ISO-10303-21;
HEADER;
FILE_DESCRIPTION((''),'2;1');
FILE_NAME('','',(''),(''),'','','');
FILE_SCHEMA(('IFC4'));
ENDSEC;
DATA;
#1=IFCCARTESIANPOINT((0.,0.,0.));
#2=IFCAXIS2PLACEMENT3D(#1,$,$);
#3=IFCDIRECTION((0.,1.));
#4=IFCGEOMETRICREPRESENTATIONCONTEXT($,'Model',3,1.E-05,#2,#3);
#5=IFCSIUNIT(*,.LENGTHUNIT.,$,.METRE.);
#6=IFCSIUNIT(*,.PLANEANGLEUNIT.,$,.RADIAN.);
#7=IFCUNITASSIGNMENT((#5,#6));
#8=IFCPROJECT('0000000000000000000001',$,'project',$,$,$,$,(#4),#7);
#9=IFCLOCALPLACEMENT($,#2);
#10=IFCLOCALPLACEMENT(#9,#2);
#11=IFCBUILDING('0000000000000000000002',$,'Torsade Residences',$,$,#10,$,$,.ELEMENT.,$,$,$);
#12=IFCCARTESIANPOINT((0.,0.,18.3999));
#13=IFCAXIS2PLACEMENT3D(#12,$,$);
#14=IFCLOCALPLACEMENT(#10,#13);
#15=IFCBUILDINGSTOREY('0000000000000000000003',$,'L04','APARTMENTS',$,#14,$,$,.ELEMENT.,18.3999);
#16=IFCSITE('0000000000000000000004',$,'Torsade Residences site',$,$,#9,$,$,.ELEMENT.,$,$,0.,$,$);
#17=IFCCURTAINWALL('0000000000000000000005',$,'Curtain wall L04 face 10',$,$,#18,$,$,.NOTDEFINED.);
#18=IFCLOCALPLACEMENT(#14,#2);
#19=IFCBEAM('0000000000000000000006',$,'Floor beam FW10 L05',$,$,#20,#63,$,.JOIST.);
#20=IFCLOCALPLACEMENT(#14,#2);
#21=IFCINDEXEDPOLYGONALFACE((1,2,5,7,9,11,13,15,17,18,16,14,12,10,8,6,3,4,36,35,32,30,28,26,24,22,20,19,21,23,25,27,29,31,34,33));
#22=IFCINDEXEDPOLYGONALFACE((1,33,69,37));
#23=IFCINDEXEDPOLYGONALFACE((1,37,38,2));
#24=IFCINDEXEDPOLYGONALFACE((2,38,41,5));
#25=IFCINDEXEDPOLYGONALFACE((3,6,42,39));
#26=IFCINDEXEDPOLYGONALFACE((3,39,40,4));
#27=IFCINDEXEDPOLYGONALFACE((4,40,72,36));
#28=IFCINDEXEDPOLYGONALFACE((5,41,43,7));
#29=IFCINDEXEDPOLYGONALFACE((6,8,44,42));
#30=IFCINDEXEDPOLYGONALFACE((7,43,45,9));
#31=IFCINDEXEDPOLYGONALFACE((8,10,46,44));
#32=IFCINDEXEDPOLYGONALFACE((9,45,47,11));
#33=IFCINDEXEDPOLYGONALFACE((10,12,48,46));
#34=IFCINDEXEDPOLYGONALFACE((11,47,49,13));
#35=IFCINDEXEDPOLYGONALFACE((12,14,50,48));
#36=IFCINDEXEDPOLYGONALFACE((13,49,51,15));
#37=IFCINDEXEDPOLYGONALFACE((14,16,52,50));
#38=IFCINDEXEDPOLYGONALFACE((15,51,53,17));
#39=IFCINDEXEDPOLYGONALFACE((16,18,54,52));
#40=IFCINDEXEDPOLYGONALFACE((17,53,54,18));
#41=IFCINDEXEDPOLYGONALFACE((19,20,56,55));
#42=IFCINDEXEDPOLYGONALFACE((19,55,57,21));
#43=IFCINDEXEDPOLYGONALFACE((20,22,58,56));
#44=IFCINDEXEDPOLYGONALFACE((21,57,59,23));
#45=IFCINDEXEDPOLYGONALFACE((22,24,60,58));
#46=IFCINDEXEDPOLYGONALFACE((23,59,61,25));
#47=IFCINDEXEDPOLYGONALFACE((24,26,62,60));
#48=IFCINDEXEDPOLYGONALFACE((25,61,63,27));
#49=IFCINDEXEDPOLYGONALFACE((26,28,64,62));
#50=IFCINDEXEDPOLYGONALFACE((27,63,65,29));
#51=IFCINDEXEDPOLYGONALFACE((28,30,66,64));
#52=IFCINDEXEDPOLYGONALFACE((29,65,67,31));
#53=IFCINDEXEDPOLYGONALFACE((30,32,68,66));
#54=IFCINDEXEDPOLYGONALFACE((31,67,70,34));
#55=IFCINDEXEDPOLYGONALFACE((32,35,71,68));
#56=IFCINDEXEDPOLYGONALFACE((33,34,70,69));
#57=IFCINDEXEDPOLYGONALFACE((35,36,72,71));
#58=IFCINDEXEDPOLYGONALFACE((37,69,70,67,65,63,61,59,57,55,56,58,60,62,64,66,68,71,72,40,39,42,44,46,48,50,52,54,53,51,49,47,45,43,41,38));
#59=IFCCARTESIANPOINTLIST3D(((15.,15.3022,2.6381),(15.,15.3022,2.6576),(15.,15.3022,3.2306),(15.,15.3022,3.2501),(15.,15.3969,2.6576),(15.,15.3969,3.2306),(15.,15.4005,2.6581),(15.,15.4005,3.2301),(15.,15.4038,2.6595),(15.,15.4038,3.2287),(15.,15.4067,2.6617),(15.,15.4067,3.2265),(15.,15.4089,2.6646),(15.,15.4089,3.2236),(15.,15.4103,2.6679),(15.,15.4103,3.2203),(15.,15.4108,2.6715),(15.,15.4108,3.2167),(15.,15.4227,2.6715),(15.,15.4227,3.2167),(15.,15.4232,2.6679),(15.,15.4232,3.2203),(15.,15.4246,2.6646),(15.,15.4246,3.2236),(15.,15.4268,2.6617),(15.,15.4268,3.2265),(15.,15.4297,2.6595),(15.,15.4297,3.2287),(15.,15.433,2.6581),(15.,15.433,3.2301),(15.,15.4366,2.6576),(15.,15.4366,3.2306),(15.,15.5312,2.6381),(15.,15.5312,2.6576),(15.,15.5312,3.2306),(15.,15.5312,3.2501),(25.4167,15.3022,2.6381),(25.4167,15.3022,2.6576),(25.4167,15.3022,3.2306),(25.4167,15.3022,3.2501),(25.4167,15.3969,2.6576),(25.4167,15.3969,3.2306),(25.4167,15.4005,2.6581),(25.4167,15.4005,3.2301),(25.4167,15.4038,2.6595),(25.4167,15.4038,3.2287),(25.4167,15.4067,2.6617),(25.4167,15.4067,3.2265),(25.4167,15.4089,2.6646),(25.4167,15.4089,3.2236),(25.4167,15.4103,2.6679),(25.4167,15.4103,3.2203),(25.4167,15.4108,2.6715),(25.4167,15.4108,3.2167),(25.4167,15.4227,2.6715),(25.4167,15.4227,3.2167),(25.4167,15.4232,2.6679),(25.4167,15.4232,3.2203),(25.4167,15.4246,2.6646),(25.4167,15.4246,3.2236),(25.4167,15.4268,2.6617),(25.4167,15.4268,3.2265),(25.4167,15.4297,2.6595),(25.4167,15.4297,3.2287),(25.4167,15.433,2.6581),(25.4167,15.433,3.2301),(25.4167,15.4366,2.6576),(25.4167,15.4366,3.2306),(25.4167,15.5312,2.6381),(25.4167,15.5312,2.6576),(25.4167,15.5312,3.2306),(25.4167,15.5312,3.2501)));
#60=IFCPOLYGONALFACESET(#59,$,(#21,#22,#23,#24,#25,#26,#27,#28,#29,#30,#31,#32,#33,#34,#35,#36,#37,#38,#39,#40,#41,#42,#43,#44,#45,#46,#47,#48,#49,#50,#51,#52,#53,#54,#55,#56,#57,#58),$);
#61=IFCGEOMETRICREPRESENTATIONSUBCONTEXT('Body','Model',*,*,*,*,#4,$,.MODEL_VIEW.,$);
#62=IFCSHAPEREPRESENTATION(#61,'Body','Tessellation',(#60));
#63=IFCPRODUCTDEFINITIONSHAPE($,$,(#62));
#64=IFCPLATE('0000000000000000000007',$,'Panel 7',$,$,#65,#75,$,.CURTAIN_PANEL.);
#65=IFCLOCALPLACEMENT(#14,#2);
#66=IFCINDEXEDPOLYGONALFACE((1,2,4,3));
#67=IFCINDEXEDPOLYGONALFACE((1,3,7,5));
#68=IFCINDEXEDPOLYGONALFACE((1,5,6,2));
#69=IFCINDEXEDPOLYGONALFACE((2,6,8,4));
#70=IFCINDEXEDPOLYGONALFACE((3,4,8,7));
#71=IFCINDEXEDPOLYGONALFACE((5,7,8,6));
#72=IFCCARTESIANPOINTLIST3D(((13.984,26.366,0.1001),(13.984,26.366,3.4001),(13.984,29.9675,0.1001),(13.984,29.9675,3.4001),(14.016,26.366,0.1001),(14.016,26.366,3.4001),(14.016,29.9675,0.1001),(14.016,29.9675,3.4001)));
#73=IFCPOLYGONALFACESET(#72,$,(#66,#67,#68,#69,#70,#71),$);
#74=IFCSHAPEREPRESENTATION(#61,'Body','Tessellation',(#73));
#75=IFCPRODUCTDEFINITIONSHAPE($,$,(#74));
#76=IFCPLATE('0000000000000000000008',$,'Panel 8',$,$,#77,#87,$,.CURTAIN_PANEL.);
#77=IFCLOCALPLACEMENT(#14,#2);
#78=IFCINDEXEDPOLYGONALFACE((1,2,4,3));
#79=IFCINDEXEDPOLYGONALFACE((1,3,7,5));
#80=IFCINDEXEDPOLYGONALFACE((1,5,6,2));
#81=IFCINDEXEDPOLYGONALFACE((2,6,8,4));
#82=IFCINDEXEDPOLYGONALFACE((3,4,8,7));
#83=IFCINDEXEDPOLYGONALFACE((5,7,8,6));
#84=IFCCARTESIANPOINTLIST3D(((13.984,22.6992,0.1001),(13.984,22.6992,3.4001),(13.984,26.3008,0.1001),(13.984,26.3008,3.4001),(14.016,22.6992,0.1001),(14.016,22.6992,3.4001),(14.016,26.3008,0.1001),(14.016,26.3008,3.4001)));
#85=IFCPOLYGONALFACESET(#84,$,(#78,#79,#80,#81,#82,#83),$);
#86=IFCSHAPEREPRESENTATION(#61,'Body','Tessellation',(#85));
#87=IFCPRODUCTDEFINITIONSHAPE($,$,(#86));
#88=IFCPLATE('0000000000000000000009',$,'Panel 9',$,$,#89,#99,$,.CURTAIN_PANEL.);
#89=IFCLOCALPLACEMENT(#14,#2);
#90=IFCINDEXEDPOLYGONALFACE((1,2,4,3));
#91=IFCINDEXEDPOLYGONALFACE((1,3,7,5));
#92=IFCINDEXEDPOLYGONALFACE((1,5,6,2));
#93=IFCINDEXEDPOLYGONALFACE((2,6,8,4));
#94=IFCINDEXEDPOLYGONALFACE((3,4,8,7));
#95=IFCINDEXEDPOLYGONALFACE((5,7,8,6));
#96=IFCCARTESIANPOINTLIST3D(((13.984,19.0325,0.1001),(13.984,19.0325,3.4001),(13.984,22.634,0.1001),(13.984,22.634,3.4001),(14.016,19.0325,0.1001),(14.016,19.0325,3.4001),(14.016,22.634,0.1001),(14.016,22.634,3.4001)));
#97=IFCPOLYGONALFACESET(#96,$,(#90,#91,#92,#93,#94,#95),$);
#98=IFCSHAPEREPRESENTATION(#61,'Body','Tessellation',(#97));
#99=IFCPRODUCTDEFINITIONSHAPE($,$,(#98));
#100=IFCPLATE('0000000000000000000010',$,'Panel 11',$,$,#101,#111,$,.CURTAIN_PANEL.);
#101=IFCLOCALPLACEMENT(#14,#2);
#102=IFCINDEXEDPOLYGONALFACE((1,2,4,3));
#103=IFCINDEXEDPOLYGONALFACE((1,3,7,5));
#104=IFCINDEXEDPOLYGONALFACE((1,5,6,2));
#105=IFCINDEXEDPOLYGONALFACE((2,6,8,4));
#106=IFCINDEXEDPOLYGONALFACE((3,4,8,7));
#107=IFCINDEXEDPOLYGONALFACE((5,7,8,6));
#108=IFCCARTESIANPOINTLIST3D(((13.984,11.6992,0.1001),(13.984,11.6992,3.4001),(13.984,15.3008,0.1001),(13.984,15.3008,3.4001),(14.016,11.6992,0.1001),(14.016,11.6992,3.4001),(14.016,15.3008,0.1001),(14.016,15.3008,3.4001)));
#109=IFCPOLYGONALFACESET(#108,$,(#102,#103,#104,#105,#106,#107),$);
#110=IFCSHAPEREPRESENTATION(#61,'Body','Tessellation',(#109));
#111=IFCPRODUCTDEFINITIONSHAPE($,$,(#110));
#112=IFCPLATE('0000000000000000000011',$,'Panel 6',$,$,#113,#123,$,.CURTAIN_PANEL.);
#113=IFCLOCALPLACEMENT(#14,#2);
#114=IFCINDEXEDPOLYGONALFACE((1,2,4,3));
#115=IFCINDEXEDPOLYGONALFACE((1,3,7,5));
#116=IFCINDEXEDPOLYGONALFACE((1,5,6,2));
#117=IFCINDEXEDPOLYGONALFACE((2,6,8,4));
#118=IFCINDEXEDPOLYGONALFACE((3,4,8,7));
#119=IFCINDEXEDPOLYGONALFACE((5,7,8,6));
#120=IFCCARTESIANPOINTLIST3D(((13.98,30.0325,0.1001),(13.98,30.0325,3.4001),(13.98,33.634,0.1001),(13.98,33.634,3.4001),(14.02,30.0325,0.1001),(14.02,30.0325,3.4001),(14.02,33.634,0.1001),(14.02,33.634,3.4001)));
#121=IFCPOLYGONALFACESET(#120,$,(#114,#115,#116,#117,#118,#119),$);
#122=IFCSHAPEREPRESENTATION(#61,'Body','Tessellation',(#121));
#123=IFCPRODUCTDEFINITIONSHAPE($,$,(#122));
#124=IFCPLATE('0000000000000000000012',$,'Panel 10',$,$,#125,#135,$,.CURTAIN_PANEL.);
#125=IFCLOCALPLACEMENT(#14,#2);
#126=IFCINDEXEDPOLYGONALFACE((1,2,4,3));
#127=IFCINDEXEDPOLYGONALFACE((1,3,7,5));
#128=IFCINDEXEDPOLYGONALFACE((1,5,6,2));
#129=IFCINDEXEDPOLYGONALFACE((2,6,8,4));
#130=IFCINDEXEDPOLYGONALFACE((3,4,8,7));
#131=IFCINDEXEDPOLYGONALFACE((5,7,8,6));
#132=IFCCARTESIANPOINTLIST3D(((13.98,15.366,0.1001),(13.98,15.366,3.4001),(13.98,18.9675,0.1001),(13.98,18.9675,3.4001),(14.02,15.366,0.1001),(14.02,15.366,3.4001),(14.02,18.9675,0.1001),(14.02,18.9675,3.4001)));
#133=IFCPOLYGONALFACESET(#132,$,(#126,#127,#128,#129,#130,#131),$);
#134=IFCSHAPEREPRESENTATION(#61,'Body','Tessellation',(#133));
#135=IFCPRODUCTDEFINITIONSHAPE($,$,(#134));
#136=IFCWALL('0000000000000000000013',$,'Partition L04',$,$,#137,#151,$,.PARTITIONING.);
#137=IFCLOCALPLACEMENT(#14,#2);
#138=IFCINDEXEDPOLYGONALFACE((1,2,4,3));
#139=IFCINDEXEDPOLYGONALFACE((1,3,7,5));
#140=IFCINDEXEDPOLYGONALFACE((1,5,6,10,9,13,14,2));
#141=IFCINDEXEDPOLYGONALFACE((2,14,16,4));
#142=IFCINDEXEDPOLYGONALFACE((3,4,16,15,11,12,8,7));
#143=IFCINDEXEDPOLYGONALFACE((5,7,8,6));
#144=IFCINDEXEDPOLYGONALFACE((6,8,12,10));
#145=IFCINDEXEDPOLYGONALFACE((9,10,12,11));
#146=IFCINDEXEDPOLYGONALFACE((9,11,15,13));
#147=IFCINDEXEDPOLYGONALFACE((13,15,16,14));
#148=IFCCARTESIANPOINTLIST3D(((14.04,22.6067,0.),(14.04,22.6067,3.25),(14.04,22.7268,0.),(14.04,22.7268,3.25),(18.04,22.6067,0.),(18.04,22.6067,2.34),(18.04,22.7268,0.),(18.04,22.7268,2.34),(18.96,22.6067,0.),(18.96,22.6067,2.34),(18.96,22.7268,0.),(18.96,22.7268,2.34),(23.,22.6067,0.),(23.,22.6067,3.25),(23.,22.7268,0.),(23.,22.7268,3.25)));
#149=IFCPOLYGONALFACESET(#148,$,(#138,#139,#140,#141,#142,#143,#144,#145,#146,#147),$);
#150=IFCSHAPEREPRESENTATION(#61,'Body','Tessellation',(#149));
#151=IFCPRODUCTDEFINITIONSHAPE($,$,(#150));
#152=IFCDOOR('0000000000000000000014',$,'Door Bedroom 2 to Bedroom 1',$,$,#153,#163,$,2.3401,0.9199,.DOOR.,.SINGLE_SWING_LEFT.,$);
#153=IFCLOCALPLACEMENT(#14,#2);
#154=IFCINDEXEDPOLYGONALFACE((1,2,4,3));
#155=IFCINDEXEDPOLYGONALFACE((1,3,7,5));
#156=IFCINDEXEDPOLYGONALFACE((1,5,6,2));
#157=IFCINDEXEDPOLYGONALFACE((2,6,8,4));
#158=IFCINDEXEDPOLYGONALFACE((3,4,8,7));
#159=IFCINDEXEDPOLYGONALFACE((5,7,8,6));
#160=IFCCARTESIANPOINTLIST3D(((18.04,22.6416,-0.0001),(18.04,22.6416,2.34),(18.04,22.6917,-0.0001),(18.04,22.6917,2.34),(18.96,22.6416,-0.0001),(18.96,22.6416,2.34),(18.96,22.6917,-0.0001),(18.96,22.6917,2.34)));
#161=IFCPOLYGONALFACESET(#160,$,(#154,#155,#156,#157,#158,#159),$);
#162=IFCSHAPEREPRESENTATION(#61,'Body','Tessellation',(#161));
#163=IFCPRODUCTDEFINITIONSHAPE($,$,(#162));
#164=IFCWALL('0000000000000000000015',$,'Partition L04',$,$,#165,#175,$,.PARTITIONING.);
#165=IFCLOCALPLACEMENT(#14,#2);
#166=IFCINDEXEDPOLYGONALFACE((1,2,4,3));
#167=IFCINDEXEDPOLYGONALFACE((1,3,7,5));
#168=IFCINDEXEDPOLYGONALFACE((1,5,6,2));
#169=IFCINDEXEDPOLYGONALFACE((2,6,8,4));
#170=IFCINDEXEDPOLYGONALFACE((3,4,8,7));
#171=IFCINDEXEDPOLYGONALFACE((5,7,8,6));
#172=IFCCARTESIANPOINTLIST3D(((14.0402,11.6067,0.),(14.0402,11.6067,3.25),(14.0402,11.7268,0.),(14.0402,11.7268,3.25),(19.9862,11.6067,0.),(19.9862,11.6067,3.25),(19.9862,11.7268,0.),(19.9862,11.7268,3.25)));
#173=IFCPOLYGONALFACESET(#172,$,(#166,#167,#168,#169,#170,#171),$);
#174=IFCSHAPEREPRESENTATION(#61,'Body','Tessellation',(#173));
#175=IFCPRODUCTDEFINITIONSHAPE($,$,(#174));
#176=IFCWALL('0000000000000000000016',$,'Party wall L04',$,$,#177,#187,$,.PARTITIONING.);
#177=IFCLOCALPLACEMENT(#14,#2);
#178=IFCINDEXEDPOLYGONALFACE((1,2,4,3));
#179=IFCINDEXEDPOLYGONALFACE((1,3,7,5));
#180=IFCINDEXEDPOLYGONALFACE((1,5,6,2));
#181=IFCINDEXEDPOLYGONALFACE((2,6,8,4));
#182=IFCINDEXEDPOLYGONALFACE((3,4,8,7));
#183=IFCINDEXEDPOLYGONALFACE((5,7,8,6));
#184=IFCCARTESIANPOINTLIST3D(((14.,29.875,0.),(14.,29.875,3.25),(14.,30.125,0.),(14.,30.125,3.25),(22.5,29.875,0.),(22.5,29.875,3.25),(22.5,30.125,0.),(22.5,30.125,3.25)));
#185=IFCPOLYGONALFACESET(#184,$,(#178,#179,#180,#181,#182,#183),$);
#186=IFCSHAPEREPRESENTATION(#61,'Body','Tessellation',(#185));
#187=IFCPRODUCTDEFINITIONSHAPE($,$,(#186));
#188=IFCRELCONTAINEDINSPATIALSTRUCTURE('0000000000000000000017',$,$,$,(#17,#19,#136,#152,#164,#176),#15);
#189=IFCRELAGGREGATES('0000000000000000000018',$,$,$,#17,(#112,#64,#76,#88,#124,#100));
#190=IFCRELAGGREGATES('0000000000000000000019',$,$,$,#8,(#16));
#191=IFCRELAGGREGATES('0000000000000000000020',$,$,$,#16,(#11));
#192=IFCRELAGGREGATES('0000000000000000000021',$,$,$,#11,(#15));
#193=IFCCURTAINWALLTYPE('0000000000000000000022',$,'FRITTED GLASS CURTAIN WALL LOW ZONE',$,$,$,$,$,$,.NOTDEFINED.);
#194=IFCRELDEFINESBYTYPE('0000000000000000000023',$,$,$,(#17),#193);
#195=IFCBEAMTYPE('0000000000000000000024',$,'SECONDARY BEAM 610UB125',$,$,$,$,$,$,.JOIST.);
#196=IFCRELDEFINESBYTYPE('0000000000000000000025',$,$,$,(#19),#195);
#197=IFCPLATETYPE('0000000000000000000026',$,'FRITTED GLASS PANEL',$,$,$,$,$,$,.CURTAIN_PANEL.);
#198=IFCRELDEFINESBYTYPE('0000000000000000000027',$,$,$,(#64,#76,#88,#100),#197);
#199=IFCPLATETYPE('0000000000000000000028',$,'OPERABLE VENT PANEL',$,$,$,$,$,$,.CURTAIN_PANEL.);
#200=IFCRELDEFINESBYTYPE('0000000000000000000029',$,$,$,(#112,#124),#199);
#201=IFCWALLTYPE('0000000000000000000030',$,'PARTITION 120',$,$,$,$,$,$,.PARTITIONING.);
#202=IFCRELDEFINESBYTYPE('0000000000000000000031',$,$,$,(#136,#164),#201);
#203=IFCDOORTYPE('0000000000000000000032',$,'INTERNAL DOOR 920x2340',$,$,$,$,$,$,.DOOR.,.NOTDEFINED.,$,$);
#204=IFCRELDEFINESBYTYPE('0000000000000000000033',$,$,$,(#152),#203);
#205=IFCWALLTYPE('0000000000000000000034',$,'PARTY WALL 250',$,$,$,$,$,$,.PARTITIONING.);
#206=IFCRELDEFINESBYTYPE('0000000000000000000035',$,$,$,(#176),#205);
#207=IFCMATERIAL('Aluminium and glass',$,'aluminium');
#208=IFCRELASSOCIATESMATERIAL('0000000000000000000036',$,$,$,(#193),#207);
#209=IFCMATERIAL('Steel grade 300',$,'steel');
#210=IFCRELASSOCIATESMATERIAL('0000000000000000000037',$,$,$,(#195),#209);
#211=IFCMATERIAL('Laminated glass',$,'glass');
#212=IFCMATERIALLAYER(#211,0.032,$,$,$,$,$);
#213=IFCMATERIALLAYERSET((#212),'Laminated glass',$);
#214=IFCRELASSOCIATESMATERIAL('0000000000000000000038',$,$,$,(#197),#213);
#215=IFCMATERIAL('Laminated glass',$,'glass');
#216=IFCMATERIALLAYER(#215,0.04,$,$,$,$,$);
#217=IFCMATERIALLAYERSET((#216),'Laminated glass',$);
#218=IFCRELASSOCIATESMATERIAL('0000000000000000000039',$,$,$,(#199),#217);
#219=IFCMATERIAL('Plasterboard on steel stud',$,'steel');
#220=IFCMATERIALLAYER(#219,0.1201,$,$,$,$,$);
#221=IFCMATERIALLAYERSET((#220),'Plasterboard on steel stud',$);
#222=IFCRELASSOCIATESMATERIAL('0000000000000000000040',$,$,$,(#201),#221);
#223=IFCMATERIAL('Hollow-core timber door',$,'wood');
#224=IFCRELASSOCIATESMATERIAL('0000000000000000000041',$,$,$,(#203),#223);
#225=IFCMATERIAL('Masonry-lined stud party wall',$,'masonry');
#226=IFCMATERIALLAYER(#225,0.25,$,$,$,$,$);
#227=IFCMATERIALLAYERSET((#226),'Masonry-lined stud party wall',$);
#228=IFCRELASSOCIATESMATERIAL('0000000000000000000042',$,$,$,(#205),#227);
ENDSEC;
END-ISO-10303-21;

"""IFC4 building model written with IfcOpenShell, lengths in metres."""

from ifc_helpers import new_model, si_unit, direction, frame, frame_2d, origin, origin_2d, place, context, subcontext, project, spatial, rectangle, i_section, extrude, material, layer, layer_set, material_profile, profile_set, type_object, element, fill, aggregate, save


model = new_model("IFC4")

# Units and contexts
model_context = context("Model", 3, precision=1e-05, world=origin(), true_north=direction((0.0, 1.0)))
body_context = subcontext(model_context, "Body", "Model", "MODEL_VIEW")
ifc_project = project(units=[si_unit("LENGTHUNIT", "METRE"), si_unit("PLANEANGLEUNIT", "RADIAN")], contexts=[model_context])

# Site, building, storey
site_placement = place(None, origin())
site = spatial("IfcSite", under=ifc_project, at=site_placement, Name="Torsade Residences site", CompositionType="ELEMENT", RefElevation=0.0)
building_placement = place(site_placement, origin())
building = spatial("IfcBuilding", under=site, at=building_placement, Name="Torsade Residences", CompositionType="ELEMENT")
storey_placement = place(building_placement, frame((0.0, 0.0, 18.3999)))
storey = spatial("IfcBuildingStorey", under=building, at=storey_placement, Name="L04", Description="APARTMENTS", CompositionType="ELEMENT", Elevation=18.3999)

# Curtain wall
ifc_material_1 = material(Name="Aluminium and glass", Category="aluminium")
curtain_wall_type = type_object("IfcCurtainWallType", Name="FRITTED GLASS CURTAIN WALL LOW ZONE", PredefinedType="NOTDEFINED", material=ifc_material_1)
curtain_wall_placement = place(storey_placement, origin())
curtain_wall = element("IfcCurtainWall", 1, at=curtain_wall_placement, inside=storey, type_object=curtain_wall_type, Name="Curtain wall L04 face 10", PredefinedType="NOTDEFINED")

# Beam
ifc_material_2 = material(Name="Steel grade 300", Category="steel")
ifc_material_profile_1 = material_profile(ifc_material_2, i_section(OverallWidth=0.229, OverallDepth=0.6121, WebThickness=0.012, FlangeThickness=0.0195, FilletRadius=0.0139, at=origin_2d()), Name="610UB125")
ifc_profile_set_1 = profile_set([ifc_material_profile_1], Name="Steel grade 300")
beam_type_1 = type_object("IfcBeamType", Name="SECONDARY BEAM 610UB125", PredefinedType="JOIST", material=ifc_profile_set_1)
beam_1_placement = place(storey_placement, frame((15.0, 15.4167, 2.9441), z_axis=(1.0, 0.0, 0.0), x_axis=(0.0, 1.0, 0.0)))
element("IfcBeam", 2, at=beam_1_placement, inside=storey, type_object=beam_type_1, Name="Floor beam FW10 L05", PredefinedType="JOIST", context=body_context, shape_type="SweptSolid", body=[
    extrude(i_section(OverallWidth=0.229, OverallDepth=0.6121, WebThickness=0.012, FlangeThickness=0.0195, FilletRadius=0.0139, at=origin_2d()), origin(), (0.0, 0.0, 1.0), 10.4167),
])

# Plates
ifc_material_3 = material(Name="Laminated glass", Category="glass")
ifc_layer_1 = layer(ifc_material_3, 0.032)
ifc_layer_set_1 = layer_set([ifc_layer_1], Name="Laminated glass")
plate_type_1 = type_object("IfcPlateType", Name="FRITTED GLASS PANEL", PredefinedType="CURTAIN_PANEL", material=ifc_layer_set_1)
plate_1_placement = place(storey_placement, frame((14.0, 28.1667, 0.1001), z_axis=(0.0, 0.0, 1.0), x_axis=(0.0, -1.0, 0.0)))
plate_1 = element("IfcPlate", 3, at=plate_1_placement, type_object=plate_type_1, Name="Panel 7", PredefinedType="CURTAIN_PANEL", context=body_context, shape_type="SweptSolid", body=[
    extrude(rectangle(XDim=3.6016, YDim=0.032, at=origin_2d()), origin(), (0.0, 0.0, 1.0), 3.3),
])
plate_2_placement = place(storey_placement, frame((14.0, 24.5, 0.1001), z_axis=(0.0, 0.0, 1.0), x_axis=(0.0, -1.0, 0.0)))
plate_2 = element("IfcPlate", 4, at=plate_2_placement, type_object=plate_type_1, Name="Panel 8", PredefinedType="CURTAIN_PANEL", context=body_context, shape_type="SweptSolid", body=[
    extrude(rectangle(XDim=3.6016, YDim=0.032, at=origin_2d()), origin(), (0.0, 0.0, 1.0), 3.3),
])
plate_3_placement = place(storey_placement, frame((14.0, 20.8333, 0.1001), z_axis=(0.0, 0.0, 1.0), x_axis=(0.0, -1.0, 0.0)))
plate_3 = element("IfcPlate", 5, at=plate_3_placement, type_object=plate_type_1, Name="Panel 9", PredefinedType="CURTAIN_PANEL", context=body_context, shape_type="SweptSolid", body=[
    extrude(rectangle(XDim=3.6016, YDim=0.032, at=origin_2d()), origin(), (0.0, 0.0, 1.0), 3.3),
])
plate_4_placement = place(storey_placement, frame((14.0, 13.5, 0.1001), z_axis=(0.0, 0.0, 1.0), x_axis=(0.0, -1.0, 0.0)))
plate_4 = element("IfcPlate", 6, at=plate_4_placement, type_object=plate_type_1, Name="Panel 11", PredefinedType="CURTAIN_PANEL", context=body_context, shape_type="SweptSolid", body=[
    extrude(rectangle(XDim=3.6016, YDim=0.032, at=origin_2d()), origin(), (0.0, 0.0, 1.0), 3.3),
])
ifc_material_4 = material(Name="Laminated glass", Category="glass")
ifc_layer_2 = layer(ifc_material_4, 0.04)
ifc_layer_set_2 = layer_set([ifc_layer_2], Name="Laminated glass")
plate_type_2 = type_object("IfcPlateType", Name="OPERABLE VENT PANEL", PredefinedType="CURTAIN_PANEL", material=ifc_layer_set_2)
plate_5_placement = place(storey_placement, frame((14.0, 31.8333, 0.1001), z_axis=(0.0, 0.0, 1.0), x_axis=(0.0, -1.0, 0.0)))
plate_5 = element("IfcPlate", 7, at=plate_5_placement, type_object=plate_type_2, Name="Panel 6", PredefinedType="CURTAIN_PANEL", context=body_context, shape_type="SweptSolid", body=[
    extrude(rectangle(XDim=3.6016, YDim=0.04, at=origin_2d()), origin(), (0.0, 0.0, 1.0), 3.3),
])
plate_6_placement = place(storey_placement, frame((14.0, 17.1667, 0.1001), z_axis=(0.0, 0.0, 1.0), x_axis=(0.0, -1.0, 0.0)))
plate_6 = element("IfcPlate", 8, at=plate_6_placement, type_object=plate_type_2, Name="Panel 10", PredefinedType="CURTAIN_PANEL", context=body_context, shape_type="SweptSolid", body=[
    extrude(rectangle(XDim=3.6016, YDim=0.04, at=origin_2d()), origin(), (0.0, 0.0, 1.0), 3.3),
])
aggregate(curtain_wall, [plate_5, plate_1, plate_2, plate_3, plate_6, plate_4])

# Wall, opening, door
ifc_material_5 = material(Name="Plasterboard on steel stud", Category="steel")
ifc_layer_3 = layer(ifc_material_5, 0.1201)
ifc_layer_set_3 = layer_set([ifc_layer_3], Name="Plasterboard on steel stud")
wall_type_1 = type_object("IfcWallType", Name="PARTITION 120", PredefinedType="PARTITIONING", material=ifc_layer_set_3)
wall_1_placement = place(storey_placement, frame((14.04, 22.6667, 0.0), z_axis=(0.0, 0.0, 1.0), x_axis=(1.0, 0.0, 0.0)))
wall_1 = element("IfcWall", 9, at=wall_1_placement, inside=storey, type_object=wall_type_1, Name="Partition L04", PredefinedType="PARTITIONING", context=body_context, shape_type="SweptSolid", body=[
    extrude(rectangle(XDim=8.96, YDim=0.1201, at=frame_2d((4.48, 0.0))), origin(), (0.0, 0.0, 1.0), 3.25),
])
opening_placement = place(wall_1_placement, frame((4.0, 0.0, 0.0)))
opening = element("IfcOpeningElement", 10, at=opening_placement, cuts=wall_1, PredefinedType="OPENING", context=body_context, shape_type="SweptSolid", body=[
    extrude(rectangle(XDim=0.9199, YDim=2.3401, at=frame_2d((0.46, 1.1699))), frame((0.0, 0.0701, 0.0), z_axis=(0.0, -1.0, 0.0), x_axis=(1.0, 0.0, 0.0)), (0.0, 0.0, 1.0), 0.1401),
])
ifc_material_6 = material(Name="Hollow-core timber door", Category="wood")
door_type = type_object("IfcDoorType", Name="INTERNAL DOOR 920x2340", OperationType="NOTDEFINED", PredefinedType="DOOR", material=ifc_material_6)
door_placement = place(opening_placement, origin())
door = element("IfcDoor", 11, at=door_placement, inside=storey, type_object=door_type, Name="Door Bedroom 2 to Bedroom 1", OperationType="SINGLE_SWING_LEFT", OverallHeight=2.3401, OverallWidth=0.9199, PredefinedType="DOOR", context=body_context, shape_type="SweptSolid", body=[
    extrude(rectangle(XDim=0.9199, YDim=2.3401, at=frame_2d((0.46, 1.1699))), frame((0.0, 0.0249, 0.0), z_axis=(0.0, -1.0, 0.0), x_axis=(1.0, 0.0, 0.0)), (0.0, 0.0, 1.0), 0.05),
])
fill(opening, door)

# Walls
wall_2_placement = place(storey_placement, frame((14.04, 11.6667, 0.0), z_axis=(0.0, 0.0, 1.0), x_axis=(1.0, 0.0, 0.0)))
element("IfcWall", 12, at=wall_2_placement, inside=storey, type_object=wall_type_1, Name="Partition L04", PredefinedType="PARTITIONING", context=body_context, shape_type="SweptSolid", body=[
    extrude(rectangle(XDim=5.946, YDim=0.1201, at=frame_2d((2.9731, 0.0))), origin(), (0.0, 0.0, 1.0), 3.25),
])
ifc_material_7 = material(Name="Masonry-lined stud party wall", Category="masonry")
ifc_layer_4 = layer(ifc_material_7, 0.25)
ifc_layer_set_4 = layer_set([ifc_layer_4], Name="Masonry-lined stud party wall")
wall_type_2 = type_object("IfcWallType", Name="PARTY WALL 250", PredefinedType="PARTITIONING", material=ifc_layer_set_4)
wall_3_placement = place(storey_placement, frame((14.0, 30.0, 0.0), z_axis=(0.0, 0.0, 1.0), x_axis=(1.0, 0.0, 0.0)))
element("IfcWall", 13, at=wall_3_placement, inside=storey, type_object=wall_type_2, Name="Party wall L04", PredefinedType="PARTITIONING", context=body_context, shape_type="SweptSolid", body=[
    extrude(rectangle(XDim=8.5, YDim=0.25, at=frame_2d((4.25, 0.0))), origin(), (0.0, 0.0, 1.0), 3.25),
])

save(model, "model.ifc")
